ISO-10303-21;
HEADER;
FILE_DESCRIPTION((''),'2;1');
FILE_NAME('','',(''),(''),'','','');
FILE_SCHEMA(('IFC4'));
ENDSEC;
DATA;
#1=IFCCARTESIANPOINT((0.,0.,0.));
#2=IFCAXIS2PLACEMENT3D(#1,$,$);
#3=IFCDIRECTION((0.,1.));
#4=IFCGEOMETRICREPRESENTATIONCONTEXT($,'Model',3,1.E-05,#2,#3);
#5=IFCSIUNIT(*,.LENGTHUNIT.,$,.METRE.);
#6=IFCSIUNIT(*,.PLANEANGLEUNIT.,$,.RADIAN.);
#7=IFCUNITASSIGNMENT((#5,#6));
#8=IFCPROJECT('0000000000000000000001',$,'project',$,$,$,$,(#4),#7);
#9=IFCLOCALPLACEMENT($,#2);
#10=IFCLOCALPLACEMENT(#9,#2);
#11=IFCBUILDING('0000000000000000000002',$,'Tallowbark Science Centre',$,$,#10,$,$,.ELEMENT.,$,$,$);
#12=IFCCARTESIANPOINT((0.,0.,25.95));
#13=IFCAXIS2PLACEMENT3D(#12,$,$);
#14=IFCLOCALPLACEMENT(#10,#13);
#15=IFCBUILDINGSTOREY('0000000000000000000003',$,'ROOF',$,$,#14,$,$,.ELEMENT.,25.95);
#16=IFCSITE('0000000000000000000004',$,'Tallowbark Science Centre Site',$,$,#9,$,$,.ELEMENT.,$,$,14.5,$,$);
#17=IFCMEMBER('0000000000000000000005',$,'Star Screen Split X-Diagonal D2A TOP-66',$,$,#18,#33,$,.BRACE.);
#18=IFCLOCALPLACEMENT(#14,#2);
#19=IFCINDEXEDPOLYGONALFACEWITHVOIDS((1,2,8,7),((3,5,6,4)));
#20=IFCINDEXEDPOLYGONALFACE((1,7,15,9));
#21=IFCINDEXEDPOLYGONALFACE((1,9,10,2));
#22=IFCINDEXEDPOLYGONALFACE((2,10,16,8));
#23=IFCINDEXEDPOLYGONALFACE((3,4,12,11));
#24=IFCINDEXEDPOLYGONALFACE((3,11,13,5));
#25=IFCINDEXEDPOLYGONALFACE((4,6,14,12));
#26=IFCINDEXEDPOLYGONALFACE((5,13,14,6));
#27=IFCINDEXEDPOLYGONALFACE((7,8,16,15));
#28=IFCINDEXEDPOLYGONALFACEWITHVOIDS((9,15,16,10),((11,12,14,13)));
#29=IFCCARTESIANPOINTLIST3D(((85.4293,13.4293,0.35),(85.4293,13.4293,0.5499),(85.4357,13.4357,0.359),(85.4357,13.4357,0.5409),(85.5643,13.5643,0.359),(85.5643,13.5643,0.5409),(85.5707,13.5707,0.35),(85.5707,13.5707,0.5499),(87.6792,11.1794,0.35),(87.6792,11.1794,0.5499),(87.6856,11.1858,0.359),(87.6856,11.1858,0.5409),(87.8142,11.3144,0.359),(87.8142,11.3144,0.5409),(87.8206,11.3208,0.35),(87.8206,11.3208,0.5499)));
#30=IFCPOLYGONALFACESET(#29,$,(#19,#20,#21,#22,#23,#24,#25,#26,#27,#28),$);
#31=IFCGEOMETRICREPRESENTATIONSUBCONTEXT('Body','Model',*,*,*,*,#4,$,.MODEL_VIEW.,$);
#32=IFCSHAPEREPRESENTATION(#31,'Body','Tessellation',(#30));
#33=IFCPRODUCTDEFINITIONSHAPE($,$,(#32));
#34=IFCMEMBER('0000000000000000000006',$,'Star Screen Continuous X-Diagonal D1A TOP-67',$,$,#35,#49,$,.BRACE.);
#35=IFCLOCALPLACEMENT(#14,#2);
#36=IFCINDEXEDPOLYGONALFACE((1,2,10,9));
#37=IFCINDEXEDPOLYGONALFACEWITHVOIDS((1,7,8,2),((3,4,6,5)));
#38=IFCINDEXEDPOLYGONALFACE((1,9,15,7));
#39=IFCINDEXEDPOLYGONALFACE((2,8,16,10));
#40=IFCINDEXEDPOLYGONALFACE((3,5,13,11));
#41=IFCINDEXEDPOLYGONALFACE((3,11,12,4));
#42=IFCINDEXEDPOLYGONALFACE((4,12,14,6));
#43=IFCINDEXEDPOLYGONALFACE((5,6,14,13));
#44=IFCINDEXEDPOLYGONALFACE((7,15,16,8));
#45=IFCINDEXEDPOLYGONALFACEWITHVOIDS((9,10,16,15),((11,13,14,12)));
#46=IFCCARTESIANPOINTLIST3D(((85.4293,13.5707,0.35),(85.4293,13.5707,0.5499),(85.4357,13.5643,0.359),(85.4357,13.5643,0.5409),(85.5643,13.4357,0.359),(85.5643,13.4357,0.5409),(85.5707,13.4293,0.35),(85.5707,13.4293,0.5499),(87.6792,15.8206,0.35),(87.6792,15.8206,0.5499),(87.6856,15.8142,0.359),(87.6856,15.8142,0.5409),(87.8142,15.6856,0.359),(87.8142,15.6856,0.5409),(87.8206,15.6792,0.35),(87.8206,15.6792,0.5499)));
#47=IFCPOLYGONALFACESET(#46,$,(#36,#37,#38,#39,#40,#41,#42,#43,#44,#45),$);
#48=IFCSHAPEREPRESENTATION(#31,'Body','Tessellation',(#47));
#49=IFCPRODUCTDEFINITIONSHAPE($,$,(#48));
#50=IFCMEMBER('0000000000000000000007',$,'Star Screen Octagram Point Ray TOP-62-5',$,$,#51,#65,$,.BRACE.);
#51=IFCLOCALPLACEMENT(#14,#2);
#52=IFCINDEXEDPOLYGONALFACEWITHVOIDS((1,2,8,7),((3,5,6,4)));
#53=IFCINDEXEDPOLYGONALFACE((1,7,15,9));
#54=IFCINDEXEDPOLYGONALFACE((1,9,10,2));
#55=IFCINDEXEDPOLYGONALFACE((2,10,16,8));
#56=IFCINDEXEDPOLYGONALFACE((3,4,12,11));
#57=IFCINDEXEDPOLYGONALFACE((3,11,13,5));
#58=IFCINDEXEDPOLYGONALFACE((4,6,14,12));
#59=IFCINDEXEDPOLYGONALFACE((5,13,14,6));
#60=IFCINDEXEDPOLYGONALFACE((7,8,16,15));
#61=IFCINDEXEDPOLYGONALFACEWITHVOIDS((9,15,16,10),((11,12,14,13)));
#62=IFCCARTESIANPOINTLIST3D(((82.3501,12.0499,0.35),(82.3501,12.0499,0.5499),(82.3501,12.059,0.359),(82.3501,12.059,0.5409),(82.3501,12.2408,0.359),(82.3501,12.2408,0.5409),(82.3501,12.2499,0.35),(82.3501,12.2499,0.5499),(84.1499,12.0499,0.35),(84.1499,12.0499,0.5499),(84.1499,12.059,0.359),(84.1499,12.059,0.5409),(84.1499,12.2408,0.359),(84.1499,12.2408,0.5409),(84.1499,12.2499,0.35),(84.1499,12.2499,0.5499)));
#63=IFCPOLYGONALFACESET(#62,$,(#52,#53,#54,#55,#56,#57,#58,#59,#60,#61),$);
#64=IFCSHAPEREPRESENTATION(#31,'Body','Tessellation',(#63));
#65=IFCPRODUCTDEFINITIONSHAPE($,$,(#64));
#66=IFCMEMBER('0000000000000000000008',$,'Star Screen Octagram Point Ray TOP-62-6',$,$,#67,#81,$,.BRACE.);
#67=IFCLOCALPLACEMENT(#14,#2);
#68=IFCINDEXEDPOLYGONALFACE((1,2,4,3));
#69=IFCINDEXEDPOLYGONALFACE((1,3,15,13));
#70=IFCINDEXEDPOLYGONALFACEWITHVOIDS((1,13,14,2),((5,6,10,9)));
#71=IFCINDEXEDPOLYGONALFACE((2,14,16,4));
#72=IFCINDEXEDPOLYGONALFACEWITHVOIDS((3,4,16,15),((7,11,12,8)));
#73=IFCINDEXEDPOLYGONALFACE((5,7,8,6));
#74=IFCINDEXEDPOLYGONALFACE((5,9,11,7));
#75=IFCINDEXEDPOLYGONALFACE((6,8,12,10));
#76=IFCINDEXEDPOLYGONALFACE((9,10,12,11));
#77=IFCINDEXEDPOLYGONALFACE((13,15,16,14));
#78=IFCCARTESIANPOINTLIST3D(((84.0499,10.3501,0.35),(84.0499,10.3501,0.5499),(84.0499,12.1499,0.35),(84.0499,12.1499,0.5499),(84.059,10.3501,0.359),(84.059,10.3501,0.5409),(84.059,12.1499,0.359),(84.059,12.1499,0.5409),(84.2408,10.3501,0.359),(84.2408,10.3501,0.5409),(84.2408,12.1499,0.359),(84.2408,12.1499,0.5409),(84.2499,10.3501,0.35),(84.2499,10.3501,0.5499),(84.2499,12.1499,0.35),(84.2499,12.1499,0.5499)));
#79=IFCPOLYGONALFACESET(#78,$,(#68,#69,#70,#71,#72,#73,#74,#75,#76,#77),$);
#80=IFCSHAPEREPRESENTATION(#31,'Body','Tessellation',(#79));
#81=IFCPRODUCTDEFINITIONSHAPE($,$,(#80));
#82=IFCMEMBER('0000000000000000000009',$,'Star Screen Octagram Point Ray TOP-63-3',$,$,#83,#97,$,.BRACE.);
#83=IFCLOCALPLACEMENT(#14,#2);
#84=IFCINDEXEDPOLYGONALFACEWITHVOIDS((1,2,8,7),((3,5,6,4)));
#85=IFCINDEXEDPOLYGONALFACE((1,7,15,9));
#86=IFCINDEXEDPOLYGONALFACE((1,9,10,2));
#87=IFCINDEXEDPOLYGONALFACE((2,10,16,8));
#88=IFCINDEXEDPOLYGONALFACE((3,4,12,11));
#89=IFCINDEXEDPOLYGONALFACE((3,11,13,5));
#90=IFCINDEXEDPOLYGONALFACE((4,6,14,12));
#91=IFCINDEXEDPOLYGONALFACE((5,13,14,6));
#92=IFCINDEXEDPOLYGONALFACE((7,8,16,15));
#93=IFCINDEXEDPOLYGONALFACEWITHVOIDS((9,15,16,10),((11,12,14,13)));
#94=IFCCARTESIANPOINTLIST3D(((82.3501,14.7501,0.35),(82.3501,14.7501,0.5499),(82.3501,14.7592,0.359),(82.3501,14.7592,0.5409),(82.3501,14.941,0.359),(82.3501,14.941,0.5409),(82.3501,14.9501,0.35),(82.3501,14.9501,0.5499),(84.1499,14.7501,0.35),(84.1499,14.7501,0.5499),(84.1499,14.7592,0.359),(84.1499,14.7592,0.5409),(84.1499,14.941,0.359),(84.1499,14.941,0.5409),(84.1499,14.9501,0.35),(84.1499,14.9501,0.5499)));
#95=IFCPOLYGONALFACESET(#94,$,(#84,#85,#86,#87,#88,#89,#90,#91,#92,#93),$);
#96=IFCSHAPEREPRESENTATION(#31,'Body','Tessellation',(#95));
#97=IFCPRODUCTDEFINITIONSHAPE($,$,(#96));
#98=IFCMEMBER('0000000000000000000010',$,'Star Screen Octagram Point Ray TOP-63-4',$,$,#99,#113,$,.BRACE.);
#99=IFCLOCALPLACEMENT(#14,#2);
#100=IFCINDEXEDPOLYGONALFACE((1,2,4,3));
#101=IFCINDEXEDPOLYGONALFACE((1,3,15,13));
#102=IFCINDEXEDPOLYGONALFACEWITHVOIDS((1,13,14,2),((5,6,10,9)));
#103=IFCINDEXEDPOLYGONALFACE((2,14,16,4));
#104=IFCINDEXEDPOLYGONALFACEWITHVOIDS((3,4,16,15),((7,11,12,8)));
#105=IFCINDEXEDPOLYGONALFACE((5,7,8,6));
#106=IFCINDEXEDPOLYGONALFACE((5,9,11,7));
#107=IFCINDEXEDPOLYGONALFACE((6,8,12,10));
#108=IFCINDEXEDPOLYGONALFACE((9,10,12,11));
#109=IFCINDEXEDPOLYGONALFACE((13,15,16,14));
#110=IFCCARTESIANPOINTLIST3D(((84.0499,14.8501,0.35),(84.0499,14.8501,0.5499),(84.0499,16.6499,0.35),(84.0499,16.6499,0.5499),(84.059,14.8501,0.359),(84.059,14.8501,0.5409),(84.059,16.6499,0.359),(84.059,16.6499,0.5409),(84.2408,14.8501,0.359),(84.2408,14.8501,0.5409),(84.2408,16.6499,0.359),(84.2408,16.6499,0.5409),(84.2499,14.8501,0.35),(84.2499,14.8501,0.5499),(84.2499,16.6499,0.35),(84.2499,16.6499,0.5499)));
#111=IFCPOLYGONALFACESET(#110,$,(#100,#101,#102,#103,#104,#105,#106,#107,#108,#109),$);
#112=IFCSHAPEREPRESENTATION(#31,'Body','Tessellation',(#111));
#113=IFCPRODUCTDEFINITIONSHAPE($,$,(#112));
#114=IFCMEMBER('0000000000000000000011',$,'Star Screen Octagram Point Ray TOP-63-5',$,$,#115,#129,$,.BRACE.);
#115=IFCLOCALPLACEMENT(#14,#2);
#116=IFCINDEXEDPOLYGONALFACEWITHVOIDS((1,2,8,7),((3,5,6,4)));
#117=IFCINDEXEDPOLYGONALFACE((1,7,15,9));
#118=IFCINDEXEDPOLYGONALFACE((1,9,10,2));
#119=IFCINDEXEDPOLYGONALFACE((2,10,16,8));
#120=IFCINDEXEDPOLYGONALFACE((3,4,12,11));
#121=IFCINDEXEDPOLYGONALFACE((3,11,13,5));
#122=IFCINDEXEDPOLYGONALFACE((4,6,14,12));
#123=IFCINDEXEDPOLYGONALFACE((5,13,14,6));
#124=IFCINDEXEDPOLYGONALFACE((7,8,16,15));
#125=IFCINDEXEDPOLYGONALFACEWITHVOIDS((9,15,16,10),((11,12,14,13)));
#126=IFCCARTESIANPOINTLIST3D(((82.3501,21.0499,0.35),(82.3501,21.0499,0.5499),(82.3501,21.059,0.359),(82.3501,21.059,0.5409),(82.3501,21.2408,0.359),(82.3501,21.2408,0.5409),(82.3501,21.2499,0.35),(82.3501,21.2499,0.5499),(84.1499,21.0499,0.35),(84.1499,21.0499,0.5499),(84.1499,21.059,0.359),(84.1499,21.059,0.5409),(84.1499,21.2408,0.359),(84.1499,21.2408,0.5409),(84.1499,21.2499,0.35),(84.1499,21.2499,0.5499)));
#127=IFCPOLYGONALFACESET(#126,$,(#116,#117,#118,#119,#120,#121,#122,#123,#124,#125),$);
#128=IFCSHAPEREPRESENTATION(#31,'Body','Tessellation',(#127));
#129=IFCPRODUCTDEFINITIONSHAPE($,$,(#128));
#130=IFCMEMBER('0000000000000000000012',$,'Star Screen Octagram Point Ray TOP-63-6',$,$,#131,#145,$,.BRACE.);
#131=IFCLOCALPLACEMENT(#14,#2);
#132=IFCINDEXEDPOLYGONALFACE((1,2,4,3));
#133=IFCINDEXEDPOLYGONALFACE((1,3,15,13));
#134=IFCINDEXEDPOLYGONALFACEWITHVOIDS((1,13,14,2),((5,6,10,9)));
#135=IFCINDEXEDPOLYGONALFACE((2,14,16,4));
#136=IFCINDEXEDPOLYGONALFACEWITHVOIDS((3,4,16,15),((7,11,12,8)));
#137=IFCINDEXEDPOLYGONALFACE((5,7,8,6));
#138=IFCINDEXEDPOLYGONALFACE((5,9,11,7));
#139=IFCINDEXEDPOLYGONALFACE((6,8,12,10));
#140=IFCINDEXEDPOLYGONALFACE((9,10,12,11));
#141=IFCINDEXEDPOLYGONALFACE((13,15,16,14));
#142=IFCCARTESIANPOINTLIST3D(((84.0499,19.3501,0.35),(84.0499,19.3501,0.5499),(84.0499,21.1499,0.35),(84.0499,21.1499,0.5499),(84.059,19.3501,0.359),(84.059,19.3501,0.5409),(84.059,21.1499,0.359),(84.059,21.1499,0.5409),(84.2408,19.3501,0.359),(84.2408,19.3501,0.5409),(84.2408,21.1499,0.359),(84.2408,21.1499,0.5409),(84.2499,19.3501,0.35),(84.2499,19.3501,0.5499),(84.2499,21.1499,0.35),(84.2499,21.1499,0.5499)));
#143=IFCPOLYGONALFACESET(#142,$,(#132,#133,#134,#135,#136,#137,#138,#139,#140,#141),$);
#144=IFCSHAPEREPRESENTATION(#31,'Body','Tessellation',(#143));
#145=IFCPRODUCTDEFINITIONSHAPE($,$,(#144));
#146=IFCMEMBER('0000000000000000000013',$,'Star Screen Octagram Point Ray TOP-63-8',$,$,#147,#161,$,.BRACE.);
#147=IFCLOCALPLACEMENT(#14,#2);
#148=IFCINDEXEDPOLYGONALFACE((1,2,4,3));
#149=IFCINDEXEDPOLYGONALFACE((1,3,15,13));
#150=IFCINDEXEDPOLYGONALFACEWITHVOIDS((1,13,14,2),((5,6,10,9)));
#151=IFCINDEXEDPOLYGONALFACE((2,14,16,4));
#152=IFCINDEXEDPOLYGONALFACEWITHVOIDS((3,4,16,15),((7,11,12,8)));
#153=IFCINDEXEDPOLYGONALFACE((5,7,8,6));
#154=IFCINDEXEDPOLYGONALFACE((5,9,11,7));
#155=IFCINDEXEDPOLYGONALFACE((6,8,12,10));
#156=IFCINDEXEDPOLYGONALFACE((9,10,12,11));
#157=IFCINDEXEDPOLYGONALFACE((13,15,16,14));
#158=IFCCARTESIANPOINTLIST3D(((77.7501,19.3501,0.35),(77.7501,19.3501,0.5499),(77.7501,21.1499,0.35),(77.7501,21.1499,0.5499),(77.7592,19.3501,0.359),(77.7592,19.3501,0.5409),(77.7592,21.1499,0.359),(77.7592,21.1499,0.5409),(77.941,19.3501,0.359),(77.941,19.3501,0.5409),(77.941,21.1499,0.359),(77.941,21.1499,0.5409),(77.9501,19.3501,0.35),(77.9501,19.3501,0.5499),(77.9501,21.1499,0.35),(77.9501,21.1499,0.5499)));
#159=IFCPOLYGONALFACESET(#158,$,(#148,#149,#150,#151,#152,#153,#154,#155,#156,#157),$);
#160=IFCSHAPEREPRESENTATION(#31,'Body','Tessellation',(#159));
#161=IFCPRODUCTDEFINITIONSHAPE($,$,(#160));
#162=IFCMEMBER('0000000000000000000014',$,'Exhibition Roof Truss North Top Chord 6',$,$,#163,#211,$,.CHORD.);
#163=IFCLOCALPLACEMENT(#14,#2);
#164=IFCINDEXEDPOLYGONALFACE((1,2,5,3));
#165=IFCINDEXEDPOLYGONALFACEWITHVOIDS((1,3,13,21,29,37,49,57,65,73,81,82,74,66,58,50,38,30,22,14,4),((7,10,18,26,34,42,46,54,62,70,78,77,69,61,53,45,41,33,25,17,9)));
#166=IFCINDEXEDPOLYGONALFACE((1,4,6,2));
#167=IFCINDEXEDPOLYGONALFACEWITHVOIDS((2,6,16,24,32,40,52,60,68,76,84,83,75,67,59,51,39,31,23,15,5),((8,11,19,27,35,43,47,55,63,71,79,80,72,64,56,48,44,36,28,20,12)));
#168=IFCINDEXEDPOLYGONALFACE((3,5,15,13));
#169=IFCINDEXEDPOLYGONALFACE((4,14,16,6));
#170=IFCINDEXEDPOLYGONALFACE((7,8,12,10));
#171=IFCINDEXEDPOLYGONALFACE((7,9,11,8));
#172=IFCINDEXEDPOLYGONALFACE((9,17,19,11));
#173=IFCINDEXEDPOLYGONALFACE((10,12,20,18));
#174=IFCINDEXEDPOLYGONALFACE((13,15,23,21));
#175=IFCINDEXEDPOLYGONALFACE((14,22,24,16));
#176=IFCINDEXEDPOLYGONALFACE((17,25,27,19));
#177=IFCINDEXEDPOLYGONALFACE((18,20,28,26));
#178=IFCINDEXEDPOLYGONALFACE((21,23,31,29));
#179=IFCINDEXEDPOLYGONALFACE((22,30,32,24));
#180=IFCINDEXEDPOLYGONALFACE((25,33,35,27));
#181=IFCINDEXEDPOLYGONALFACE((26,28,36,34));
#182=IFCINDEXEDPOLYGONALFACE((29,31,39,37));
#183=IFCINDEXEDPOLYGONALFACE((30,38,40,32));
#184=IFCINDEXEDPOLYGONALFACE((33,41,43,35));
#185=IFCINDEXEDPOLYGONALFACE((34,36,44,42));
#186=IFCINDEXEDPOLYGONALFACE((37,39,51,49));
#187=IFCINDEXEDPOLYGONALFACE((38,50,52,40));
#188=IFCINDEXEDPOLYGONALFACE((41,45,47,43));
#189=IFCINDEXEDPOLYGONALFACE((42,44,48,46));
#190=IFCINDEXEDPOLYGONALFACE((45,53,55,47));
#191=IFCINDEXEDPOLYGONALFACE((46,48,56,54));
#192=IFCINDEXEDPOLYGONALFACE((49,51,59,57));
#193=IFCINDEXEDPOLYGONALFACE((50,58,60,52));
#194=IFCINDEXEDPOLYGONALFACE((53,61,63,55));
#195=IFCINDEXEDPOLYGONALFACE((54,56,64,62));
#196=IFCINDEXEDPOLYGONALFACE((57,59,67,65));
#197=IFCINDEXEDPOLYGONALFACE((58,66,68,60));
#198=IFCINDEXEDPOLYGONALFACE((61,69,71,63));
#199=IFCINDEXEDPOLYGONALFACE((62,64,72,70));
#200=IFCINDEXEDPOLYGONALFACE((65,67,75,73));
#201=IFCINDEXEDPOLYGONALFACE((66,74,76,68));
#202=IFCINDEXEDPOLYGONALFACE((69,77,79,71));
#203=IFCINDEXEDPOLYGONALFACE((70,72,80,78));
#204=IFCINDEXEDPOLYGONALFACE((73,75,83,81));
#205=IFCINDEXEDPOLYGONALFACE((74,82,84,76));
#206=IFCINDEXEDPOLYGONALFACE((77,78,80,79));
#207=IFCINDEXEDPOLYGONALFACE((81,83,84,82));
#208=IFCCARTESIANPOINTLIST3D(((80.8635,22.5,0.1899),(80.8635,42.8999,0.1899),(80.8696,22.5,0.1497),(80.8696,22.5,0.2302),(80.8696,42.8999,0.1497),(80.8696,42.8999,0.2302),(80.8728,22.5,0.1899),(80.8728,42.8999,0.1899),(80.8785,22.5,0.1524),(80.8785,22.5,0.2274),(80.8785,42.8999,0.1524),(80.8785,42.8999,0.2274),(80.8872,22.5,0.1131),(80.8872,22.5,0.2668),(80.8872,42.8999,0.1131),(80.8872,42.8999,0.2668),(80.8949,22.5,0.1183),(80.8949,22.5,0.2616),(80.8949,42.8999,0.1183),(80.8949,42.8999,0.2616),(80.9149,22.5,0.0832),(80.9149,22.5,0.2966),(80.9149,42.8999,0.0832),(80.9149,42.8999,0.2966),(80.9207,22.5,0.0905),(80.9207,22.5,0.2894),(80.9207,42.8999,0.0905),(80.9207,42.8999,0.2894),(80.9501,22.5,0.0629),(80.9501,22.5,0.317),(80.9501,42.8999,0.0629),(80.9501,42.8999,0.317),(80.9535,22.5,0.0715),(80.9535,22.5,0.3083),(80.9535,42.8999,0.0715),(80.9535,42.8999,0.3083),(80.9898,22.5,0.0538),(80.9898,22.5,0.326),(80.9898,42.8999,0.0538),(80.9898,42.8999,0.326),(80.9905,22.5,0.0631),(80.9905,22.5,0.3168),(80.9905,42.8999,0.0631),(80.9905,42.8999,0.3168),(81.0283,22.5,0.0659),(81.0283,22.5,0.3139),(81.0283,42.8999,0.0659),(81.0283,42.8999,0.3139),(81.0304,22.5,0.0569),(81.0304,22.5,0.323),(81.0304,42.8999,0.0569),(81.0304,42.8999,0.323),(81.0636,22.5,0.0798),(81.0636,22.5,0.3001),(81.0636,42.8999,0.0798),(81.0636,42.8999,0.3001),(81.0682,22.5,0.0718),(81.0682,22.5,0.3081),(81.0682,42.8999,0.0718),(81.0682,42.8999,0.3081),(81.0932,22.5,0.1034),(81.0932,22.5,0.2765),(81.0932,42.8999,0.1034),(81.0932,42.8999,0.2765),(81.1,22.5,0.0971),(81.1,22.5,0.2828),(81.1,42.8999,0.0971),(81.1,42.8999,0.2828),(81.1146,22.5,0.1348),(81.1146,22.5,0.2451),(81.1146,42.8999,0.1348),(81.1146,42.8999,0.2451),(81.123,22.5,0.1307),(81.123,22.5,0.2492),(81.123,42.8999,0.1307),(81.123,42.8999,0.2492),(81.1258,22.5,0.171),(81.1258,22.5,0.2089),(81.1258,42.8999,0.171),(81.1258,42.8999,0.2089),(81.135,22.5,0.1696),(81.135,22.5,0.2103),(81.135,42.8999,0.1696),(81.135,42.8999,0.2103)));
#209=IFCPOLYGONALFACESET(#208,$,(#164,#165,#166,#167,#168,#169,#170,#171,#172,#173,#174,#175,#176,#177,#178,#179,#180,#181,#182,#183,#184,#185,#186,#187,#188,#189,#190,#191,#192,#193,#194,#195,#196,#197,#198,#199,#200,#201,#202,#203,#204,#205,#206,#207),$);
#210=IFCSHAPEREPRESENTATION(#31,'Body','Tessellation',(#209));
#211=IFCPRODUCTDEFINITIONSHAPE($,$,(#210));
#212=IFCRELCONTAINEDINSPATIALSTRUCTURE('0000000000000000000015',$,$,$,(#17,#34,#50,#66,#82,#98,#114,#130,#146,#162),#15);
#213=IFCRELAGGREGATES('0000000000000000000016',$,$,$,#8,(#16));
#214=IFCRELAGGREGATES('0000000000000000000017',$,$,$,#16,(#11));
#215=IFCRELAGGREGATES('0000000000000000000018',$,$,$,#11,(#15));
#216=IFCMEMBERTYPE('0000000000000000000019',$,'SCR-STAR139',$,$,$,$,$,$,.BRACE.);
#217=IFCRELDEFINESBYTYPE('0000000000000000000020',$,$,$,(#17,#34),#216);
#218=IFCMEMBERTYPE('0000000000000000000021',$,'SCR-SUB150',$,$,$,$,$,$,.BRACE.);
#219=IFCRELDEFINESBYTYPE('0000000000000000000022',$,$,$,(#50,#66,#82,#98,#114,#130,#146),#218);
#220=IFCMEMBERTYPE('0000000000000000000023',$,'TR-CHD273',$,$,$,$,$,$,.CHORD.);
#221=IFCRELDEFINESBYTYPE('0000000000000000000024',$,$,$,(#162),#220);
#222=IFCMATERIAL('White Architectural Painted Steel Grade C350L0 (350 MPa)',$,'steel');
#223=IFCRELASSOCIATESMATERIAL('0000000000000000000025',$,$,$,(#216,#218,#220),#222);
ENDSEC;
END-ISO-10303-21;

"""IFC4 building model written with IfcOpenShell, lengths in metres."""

from ifc_helpers import new_model, si_unit, direction, frame, origin, origin_2d, place, context, subcontext, project, spatial, hollow_rectangle, hollow_circle, extrude, material, material_profile, profile_set, type_object, element, save


model = new_model("IFC4")

# Units and contexts
model_context = context("Model", 3, precision=1e-05, world=origin(), true_north=direction((0.0, 1.0)))
body_context = subcontext(model_context, "Body", "Model", "MODEL_VIEW")
ifc_project = project(units=[si_unit("LENGTHUNIT", "METRE"), si_unit("PLANEANGLEUNIT", "RADIAN")], contexts=[model_context])

# Site, building, storey
site_placement = place(None, origin())
site = spatial("IfcSite", under=ifc_project, at=site_placement, Name="Tallowbark Science Centre Site", CompositionType="ELEMENT", RefElevation=14.5)
building_placement = place(site_placement, origin())
building = spatial("IfcBuilding", under=site, at=building_placement, Name="Tallowbark Science Centre", CompositionType="ELEMENT")
storey_placement = place(building_placement, frame((0.0, 0.0, 25.95)))
storey = spatial("IfcBuildingStorey", under=building, at=storey_placement, Name="ROOF", CompositionType="ELEMENT", Elevation=25.95)

# Members
ifc_material_1 = material(Name="White Architectural Painted Steel Grade C350L0 (350 MPa)", Category="steel")
ifc_material_profile_1 = material_profile(ifc_material_1, hollow_rectangle(XDim=0.2, YDim=0.2, WallThickness=0.009, at=origin_2d()), Name="200x200x9.0SHS")
ifc_profile_set_1 = profile_set([ifc_material_profile_1], Name="White Architectural Painted Steel Grade C350L0 (350 MPa)")
member_type_1 = type_object("IfcMemberType", Name="SCR-STAR139", PredefinedType="BRACE", material=ifc_profile_set_1)
for number, where, z_axis, x_axis, name in (
    (1, (85.5, 13.5, 0.45), (0.707107, -0.707107, 0.0), (0.707107, 0.707107, 0.0), "Star Screen Split X-Diagonal D2A TOP-66"),
    (2, (85.5, 13.5, 0.45), (0.707107, 0.707107, 0.0), (-0.707107, 0.707107, 0.0), "Star Screen Continuous X-Diagonal D1A TOP-67"),
):
    element("IfcMember", number, at=place(storey_placement, frame(where, z_axis=z_axis, x_axis=x_axis)), inside=storey, type_object=member_type_1, Name=name, PredefinedType="BRACE", context=body_context, shape_type="SweptSolid", body=[
        extrude(hollow_rectangle(XDim=0.2, YDim=0.2, WallThickness=0.009, at=origin_2d()), origin(), (0.0, 0.0, 1.0), 3.1819),
    ])
ifc_material_profile_2 = material_profile(ifc_material_1, hollow_rectangle(XDim=0.2, YDim=0.2, WallThickness=0.009, at=origin_2d()), Name="200x200x9.0SHS")
ifc_profile_set_2 = profile_set([ifc_material_profile_2], Name="White Architectural Painted Steel Grade C350L0 (350 MPa)")
member_type_2 = type_object("IfcMemberType", Name="SCR-SUB150", PredefinedType="BRACE", material=ifc_profile_set_2)
for number, where, z_axis, x_axis, name in (
    (3, (84.1499, 12.1499, 0.45), (-1.0, 0.0, 0.0), (0.0, -1.0, 0.0), "Star Screen Octagram Point Ray TOP-62-5"),
    (4, (84.1499, 12.1499, 0.45), (0.0, -1.0, 0.0), (1.0, 0.0, 0.0), "Star Screen Octagram Point Ray TOP-62-6"),
    (5, (84.1499, 14.8501, 0.45), (-1.0, 0.0, 0.0), (0.0, -1.0, 0.0), "Star Screen Octagram Point Ray TOP-63-3"),
    (6, (84.1499, 14.8501, 0.45), (0.0, 1.0, 0.0), (-1.0, 0.0, 0.0), "Star Screen Octagram Point Ray TOP-63-4"),
    (7, (84.1499, 21.1499, 0.45), (-1.0, 0.0, 0.0), (0.0, -1.0, 0.0), "Star Screen Octagram Point Ray TOP-63-5"),
    (8, (84.1499, 21.1499, 0.45), (0.0, -1.0, 0.0), (1.0, 0.0, 0.0), "Star Screen Octagram Point Ray TOP-63-6"),
    (9, (77.8501, 21.1499, 0.45), (0.0, -1.0, 0.0), (1.0, 0.0, 0.0), "Star Screen Octagram Point Ray TOP-63-8"),
):
    element("IfcMember", number, at=place(storey_placement, frame(where, z_axis=z_axis, x_axis=x_axis)), inside=storey, type_object=member_type_2, Name=name, PredefinedType="BRACE", context=body_context, shape_type="SweptSolid", body=[
        extrude(hollow_rectangle(XDim=0.2, YDim=0.2, WallThickness=0.009, at=origin_2d()), origin(), (0.0, 0.0, 1.0), 1.7998),
    ])
ifc_material_profile_3 = material_profile(ifc_material_1, hollow_circle(Radius=0.1365, WallThickness=0.0093, at=origin_2d()), Name="273.1x9.3CHS")
ifc_profile_set_3 = profile_set([ifc_material_profile_3], Name="White Architectural Painted Steel Grade C350L0 (350 MPa)")
member_type_3 = type_object("IfcMemberType", Name="TR-CHD273", PredefinedType="CHORD", material=ifc_profile_set_3)
member_1_placement = place(storey_placement, frame((81.0, 22.5, 0.1899), z_axis=(0.0, 1.0, 0.0), x_axis=(-1.0, 0.0, 0.0)))
element("IfcMember", 10, at=member_1_placement, inside=storey, type_object=member_type_3, Name="Exhibition Roof Truss North Top Chord 6", PredefinedType="CHORD", context=body_context, shape_type="SweptSolid", body=[
    extrude(hollow_circle(Radius=0.1365, WallThickness=0.0093, at=origin_2d()), origin(), (0.0, 0.0, 1.0), 20.3999),
])

save(model, "model.ifc")
